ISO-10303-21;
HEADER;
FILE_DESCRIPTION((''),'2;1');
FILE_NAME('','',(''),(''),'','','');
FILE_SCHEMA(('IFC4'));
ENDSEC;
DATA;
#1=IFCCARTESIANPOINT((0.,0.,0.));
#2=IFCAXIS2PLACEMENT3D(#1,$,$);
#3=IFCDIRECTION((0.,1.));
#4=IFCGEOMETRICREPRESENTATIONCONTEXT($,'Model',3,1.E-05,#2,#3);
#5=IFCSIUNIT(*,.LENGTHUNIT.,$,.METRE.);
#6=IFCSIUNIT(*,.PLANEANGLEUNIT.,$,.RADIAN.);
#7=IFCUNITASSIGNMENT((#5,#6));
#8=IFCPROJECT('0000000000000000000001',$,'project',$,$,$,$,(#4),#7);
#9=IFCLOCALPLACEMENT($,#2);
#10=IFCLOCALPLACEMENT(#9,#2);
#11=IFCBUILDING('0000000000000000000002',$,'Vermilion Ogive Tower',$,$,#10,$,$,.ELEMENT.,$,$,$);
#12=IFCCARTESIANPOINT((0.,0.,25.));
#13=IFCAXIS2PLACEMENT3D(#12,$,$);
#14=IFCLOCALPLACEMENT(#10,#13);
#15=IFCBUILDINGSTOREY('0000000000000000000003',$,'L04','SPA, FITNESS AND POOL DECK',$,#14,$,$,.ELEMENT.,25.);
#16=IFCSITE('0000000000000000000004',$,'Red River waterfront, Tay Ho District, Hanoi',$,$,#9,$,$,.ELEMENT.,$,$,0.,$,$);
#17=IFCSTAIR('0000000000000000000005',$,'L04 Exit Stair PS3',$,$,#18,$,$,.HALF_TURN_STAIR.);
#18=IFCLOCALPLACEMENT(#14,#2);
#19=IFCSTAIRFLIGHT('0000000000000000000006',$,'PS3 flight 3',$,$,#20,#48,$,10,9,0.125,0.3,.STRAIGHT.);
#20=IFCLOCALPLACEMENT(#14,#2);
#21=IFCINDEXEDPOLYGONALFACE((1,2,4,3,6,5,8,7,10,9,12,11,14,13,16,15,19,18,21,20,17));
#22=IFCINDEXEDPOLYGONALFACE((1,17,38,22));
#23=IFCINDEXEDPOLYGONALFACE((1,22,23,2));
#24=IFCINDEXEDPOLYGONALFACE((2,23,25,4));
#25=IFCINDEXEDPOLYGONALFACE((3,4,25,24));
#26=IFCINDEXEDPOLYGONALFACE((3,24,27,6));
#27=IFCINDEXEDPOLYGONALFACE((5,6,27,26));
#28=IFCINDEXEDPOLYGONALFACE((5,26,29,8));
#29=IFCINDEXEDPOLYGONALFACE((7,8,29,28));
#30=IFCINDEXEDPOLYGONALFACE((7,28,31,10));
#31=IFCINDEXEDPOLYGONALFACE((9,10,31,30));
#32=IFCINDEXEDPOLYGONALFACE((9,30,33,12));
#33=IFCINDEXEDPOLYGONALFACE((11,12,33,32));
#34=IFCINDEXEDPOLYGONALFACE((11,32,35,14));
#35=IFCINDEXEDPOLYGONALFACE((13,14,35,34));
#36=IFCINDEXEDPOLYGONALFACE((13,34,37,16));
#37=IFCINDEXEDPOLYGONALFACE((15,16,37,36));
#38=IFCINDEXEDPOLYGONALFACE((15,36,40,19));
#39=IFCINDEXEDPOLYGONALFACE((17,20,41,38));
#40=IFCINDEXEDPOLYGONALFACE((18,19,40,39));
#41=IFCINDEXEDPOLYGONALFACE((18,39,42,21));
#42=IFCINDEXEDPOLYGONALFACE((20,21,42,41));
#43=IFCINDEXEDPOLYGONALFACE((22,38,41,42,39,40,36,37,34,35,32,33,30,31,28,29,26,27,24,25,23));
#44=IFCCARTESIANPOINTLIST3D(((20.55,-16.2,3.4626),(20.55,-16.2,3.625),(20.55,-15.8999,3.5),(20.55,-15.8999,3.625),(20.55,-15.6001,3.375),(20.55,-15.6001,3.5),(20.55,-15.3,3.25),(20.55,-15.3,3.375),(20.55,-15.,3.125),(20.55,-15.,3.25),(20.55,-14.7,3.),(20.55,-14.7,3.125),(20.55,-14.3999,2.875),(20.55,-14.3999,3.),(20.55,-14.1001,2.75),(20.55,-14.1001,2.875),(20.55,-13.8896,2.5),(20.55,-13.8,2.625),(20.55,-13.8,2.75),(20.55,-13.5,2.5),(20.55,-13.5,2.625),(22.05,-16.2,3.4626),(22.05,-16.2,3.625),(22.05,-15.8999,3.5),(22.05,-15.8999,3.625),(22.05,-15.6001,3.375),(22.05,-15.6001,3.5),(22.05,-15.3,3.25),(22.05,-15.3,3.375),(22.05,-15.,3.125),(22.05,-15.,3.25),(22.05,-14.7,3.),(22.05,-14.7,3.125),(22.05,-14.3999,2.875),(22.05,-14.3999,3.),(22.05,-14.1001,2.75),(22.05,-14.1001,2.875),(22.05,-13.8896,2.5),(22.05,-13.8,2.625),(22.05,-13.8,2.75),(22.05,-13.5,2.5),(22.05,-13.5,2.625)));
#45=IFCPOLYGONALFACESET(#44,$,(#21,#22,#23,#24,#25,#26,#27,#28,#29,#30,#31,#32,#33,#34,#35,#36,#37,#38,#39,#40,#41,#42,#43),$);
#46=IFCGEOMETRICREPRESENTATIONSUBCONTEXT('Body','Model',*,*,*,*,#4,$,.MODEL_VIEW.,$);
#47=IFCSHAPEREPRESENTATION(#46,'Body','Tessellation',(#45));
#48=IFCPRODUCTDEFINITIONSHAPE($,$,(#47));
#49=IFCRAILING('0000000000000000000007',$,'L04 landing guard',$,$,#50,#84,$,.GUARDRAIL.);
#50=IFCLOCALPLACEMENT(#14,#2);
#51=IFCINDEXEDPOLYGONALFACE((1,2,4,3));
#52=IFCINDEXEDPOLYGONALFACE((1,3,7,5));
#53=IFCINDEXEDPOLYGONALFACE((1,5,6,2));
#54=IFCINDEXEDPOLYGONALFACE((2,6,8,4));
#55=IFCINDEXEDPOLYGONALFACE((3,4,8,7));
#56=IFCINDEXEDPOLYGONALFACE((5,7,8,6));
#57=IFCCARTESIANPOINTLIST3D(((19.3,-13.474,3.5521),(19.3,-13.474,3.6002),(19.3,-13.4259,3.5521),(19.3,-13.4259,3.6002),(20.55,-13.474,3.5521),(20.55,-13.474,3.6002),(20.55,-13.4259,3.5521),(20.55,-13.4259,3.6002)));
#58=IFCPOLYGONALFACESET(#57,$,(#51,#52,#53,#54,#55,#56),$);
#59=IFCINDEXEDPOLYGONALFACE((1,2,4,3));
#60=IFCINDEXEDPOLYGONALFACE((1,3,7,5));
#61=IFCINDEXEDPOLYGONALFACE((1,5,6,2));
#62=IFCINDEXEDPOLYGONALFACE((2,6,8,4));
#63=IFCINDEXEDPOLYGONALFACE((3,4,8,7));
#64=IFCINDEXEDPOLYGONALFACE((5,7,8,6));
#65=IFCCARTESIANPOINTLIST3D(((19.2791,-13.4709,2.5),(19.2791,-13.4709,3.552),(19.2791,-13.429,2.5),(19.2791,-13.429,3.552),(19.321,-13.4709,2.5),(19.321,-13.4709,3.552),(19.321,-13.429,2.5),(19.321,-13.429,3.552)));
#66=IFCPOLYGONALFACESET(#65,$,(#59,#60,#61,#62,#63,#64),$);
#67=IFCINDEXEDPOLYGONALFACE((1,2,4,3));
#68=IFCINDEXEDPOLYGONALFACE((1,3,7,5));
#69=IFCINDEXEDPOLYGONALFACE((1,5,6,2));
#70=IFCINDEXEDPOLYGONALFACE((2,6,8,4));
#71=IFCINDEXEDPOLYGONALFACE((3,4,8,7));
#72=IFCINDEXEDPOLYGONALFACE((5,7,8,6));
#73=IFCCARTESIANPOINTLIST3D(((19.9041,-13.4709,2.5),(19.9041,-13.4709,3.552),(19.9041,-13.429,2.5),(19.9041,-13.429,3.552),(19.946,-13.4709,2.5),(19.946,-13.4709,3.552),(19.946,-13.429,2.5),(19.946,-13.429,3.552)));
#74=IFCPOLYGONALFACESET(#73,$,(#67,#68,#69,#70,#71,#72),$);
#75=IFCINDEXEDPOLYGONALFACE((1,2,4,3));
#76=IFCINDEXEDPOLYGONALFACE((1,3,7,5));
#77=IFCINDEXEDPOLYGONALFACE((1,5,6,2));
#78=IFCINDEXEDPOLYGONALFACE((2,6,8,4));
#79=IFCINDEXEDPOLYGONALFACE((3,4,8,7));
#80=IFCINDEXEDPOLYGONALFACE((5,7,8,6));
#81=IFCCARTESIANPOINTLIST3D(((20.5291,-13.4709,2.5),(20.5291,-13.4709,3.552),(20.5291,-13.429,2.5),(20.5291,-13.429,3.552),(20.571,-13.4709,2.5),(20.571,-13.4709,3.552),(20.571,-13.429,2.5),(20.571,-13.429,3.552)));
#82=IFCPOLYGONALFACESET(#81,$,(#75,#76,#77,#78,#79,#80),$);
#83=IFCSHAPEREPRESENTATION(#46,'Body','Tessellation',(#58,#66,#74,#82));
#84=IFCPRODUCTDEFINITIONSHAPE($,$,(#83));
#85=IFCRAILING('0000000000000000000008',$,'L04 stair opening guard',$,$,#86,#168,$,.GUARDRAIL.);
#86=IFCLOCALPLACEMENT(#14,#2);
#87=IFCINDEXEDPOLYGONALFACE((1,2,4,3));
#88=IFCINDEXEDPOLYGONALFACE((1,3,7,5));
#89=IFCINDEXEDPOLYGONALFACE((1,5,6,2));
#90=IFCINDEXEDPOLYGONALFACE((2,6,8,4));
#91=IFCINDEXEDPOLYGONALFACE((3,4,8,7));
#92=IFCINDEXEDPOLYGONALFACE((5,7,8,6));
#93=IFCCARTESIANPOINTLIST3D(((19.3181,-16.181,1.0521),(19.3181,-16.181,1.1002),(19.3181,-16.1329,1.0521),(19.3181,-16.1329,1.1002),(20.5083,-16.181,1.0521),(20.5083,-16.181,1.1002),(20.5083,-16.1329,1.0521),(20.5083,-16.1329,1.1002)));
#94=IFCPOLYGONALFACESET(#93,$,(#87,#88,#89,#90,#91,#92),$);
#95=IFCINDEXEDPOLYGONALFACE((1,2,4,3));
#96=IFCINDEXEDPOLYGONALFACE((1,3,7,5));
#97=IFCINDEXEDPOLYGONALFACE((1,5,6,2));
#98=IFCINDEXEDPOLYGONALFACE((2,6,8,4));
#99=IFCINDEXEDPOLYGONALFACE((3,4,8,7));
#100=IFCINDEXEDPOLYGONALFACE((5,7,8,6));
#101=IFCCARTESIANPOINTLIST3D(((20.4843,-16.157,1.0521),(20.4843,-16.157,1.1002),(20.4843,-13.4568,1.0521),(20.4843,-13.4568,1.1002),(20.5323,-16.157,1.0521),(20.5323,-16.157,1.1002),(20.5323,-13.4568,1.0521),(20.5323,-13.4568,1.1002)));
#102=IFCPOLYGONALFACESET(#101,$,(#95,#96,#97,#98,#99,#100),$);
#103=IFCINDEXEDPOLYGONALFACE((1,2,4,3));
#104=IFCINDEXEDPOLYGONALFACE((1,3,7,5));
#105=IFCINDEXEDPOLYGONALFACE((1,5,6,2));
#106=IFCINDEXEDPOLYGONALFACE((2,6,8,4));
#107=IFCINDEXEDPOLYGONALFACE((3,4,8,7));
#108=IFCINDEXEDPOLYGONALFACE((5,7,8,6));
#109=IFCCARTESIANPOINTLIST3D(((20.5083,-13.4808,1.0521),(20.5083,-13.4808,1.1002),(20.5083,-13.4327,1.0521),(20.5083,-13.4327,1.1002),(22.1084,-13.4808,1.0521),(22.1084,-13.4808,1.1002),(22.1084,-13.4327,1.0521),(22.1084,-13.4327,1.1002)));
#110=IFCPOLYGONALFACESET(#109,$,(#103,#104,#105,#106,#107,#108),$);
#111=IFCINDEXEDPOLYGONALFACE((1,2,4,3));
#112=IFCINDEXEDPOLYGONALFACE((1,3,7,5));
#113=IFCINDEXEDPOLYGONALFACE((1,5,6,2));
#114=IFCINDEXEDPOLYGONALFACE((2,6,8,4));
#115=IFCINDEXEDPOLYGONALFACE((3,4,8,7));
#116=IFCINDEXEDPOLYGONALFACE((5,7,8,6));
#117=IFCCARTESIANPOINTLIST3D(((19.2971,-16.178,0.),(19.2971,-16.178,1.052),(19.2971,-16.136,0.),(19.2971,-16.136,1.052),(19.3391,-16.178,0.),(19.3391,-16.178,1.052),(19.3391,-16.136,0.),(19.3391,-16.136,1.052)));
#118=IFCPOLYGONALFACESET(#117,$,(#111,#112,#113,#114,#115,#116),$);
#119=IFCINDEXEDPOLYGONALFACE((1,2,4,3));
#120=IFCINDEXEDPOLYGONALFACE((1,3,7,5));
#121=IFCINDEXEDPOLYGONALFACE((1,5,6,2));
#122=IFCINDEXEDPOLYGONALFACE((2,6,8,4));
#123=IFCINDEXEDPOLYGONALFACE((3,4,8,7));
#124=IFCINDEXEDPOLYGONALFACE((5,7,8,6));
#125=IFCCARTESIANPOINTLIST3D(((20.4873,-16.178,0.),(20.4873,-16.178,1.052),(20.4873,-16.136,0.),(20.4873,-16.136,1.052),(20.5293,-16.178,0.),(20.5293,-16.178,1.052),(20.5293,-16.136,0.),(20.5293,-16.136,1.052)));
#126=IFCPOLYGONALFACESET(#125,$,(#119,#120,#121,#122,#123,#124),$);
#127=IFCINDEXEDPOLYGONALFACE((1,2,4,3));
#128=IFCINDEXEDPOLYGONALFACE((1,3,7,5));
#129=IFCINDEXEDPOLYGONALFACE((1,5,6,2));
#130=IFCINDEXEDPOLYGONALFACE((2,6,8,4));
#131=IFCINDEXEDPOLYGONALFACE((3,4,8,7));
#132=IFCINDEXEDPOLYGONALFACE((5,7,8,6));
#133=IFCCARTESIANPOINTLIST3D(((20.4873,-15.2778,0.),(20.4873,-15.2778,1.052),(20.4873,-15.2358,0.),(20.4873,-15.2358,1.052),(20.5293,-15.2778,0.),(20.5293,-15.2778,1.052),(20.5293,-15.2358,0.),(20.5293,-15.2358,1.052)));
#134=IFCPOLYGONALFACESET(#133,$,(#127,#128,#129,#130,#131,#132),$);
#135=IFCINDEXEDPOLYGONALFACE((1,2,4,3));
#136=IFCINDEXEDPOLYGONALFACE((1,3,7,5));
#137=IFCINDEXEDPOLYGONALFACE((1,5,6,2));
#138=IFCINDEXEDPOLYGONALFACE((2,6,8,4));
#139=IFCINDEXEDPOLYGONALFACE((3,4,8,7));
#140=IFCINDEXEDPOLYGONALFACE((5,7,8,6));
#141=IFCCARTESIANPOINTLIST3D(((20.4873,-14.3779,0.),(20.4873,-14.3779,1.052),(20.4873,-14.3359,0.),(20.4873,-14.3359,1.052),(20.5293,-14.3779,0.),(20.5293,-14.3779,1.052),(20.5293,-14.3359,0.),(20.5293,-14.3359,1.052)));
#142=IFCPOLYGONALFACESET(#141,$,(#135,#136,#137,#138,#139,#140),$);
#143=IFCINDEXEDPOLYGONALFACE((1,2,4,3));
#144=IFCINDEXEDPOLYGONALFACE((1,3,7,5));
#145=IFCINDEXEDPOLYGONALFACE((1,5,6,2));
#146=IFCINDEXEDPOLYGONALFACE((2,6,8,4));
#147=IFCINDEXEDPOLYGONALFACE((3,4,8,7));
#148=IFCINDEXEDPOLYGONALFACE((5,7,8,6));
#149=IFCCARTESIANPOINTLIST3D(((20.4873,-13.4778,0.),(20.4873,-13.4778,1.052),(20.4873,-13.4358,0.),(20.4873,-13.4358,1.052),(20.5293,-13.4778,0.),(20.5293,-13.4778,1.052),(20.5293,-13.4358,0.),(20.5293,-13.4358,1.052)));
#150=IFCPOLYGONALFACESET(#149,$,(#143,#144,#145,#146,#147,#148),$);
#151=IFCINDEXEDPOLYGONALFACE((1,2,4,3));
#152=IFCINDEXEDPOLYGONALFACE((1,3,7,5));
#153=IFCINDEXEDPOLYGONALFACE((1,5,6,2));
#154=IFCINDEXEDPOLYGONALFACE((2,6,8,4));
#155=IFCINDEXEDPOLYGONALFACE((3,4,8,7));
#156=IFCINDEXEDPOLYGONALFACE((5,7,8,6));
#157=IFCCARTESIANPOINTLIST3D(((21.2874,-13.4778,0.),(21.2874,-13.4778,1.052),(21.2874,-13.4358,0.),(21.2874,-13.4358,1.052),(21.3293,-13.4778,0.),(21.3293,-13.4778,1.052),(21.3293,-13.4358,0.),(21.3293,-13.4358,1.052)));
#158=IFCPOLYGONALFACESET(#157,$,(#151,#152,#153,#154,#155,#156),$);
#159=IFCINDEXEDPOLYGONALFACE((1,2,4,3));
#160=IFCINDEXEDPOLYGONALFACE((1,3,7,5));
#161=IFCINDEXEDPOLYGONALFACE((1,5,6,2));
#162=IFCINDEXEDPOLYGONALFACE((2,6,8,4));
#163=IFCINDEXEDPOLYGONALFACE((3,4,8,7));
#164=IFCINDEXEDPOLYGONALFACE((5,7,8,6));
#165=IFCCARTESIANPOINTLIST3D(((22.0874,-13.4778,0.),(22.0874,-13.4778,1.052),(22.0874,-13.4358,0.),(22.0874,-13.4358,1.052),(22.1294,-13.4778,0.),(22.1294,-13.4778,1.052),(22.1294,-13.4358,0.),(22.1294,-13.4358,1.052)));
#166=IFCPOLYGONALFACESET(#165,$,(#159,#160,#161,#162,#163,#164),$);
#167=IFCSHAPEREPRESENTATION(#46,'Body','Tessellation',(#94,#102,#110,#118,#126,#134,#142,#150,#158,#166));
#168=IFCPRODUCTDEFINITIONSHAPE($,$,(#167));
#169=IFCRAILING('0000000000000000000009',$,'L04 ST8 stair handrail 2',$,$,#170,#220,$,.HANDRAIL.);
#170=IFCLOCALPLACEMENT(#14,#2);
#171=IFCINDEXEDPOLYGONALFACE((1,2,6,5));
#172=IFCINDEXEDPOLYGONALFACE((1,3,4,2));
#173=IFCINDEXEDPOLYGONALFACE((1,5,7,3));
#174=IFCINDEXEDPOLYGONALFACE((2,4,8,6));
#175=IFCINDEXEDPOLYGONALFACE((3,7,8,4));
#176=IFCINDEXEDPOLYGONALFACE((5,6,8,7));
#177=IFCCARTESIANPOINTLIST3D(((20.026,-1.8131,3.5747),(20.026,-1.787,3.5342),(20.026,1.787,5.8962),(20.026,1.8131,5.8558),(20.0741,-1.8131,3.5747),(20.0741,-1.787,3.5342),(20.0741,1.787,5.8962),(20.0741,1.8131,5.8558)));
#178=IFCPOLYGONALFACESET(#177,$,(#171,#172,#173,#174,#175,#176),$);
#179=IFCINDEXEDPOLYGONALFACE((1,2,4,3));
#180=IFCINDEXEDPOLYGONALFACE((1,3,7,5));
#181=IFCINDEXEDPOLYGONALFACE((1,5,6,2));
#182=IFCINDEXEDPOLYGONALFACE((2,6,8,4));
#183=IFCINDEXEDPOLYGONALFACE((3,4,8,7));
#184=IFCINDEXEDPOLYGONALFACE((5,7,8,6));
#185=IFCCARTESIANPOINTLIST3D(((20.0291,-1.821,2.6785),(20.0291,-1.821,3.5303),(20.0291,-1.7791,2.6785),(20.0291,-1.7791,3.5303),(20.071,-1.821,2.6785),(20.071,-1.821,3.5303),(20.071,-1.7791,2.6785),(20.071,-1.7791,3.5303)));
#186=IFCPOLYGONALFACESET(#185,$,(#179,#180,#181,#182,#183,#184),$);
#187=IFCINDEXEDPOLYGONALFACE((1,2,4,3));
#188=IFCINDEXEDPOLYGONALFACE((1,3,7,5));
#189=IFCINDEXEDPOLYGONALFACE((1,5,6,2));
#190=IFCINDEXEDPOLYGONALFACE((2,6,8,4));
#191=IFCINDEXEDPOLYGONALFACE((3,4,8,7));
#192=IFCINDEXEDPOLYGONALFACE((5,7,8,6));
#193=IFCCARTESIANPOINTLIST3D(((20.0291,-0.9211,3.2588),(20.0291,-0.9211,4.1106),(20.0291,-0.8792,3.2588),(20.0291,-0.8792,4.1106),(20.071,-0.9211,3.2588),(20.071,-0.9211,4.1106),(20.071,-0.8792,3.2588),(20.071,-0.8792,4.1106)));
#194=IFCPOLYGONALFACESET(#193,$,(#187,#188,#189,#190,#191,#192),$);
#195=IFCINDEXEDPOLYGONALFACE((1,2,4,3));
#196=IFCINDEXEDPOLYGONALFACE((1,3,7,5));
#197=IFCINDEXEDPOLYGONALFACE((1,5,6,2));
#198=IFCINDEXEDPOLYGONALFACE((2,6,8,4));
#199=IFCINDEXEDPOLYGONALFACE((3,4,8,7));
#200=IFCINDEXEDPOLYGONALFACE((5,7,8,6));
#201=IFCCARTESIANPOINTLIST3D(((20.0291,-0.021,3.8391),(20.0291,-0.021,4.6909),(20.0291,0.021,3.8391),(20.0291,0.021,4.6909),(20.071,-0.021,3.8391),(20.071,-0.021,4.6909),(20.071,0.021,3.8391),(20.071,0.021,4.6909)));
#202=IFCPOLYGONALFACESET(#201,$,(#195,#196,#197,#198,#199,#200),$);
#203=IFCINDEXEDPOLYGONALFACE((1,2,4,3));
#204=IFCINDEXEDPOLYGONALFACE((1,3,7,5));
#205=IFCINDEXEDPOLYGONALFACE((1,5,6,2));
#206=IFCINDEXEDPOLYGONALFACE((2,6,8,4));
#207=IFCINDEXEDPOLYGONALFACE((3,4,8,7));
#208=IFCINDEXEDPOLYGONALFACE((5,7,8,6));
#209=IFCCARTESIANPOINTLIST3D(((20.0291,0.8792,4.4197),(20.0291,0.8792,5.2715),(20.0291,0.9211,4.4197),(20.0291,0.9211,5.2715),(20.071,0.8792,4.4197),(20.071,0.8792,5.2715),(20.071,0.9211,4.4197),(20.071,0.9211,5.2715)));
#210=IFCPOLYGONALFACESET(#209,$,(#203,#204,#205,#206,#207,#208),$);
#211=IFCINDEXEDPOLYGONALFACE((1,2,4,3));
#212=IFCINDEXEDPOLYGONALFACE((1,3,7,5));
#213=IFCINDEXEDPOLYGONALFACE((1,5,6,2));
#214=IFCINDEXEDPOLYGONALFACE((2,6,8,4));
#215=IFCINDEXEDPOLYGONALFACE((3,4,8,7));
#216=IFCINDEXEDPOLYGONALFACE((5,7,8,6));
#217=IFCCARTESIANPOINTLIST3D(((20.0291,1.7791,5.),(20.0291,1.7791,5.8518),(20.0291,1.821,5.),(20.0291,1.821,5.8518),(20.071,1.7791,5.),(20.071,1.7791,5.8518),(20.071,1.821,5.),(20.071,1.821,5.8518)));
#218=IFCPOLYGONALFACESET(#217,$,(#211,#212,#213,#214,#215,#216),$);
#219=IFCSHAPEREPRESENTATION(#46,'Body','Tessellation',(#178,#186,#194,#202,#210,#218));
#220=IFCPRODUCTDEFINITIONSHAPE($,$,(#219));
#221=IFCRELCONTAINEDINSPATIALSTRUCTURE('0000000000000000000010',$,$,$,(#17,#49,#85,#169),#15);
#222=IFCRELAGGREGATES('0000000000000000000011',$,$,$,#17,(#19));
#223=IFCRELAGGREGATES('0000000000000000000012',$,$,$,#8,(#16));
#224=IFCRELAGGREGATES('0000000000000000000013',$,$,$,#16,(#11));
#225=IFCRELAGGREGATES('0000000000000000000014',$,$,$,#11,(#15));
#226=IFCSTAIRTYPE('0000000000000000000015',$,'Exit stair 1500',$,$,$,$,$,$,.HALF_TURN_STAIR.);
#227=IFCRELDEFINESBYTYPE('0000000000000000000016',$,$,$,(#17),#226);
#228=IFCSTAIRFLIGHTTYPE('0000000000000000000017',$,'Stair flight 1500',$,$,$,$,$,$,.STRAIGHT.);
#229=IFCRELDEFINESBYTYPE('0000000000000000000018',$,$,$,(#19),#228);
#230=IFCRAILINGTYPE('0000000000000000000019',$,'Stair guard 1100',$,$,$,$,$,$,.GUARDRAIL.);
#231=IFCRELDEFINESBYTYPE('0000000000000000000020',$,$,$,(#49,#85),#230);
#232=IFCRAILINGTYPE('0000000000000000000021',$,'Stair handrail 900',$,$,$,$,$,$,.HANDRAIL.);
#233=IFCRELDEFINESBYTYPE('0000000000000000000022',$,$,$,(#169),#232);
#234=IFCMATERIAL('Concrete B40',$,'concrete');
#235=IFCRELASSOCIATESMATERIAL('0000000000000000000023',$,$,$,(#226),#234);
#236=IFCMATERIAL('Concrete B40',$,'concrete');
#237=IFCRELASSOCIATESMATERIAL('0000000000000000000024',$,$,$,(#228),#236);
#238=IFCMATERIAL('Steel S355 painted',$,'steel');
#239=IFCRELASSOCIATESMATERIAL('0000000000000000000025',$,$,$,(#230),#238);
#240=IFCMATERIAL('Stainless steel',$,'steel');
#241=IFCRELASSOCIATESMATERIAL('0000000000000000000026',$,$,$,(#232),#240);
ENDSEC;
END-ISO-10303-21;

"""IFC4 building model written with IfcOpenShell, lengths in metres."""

from ifc_helpers import new_model, si_unit, direction, frame, origin, origin_2d, place, context, subcontext, project, spatial, polyline, rectangle, outline, extrude, material, type_object, element, aggregate, save


model = new_model("IFC4")

# Units and contexts
model_context = context("Model", 3, precision=1e-05, world=origin(), true_north=direction((0.0, 1.0)))
body_context = subcontext(model_context, "Body", "Model", "MODEL_VIEW")
ifc_project = project(units=[si_unit("LENGTHUNIT", "METRE"), si_unit("PLANEANGLEUNIT", "RADIAN")], contexts=[model_context])

# Site, building, storey
site_placement = place(None, origin())
site = spatial("IfcSite", under=ifc_project, at=site_placement, Name="Red River waterfront, Tay Ho District, Hanoi", CompositionType="ELEMENT", RefElevation=0.0)
building_placement = place(site_placement, origin())
building = spatial("IfcBuilding", under=site, at=building_placement, Name="Vermilion Ogive Tower", CompositionType="ELEMENT")
storey_placement = place(building_placement, frame((0.0, 0.0, 25.0)))
storey = spatial("IfcBuildingStorey", under=building, at=storey_placement, Name="L04", Description="SPA, FITNESS AND POOL DECK", CompositionType="ELEMENT", Elevation=25.0)

# Shared definitions
ifc_material_1 = material(Name="Concrete B40", Category="concrete")
stair_type = type_object("IfcStairType", Name="Exit stair 1500", PredefinedType="HALF_TURN_STAIR", material=ifc_material_1)
ifc_material_2 = material(Name="Concrete B40", Category="concrete")
stair_flight_type = type_object("IfcStairFlightType", Name="Stair flight 1500", PredefinedType="STRAIGHT", material=ifc_material_2)

# Stair, stair flight
stair_1_placement = place(storey_placement, origin())
stair_1 = element("IfcStair", 1, at=stair_1_placement, inside=storey, type_object=stair_type, Name="L04 Exit Stair PS3", PredefinedType="HALF_TURN_STAIR")
stair_flight_1_placement = place(storey_placement, frame((21.3, -13.5, 2.5), z_axis=(0.0, 0.0, 1.0), x_axis=(0.0, -1.0, 0.0)))
stair_flight_1 = element("IfcStairFlight", 2, at=stair_flight_1_placement, type_object=stair_flight_type, Name="PS3 flight 3", NumberOfRisers=10, NumberOfTreads=9, PredefinedType="STRAIGHT", RiserHeight=0.125, TreadLength=0.3, context=body_context, shape_type="SweptSolid", body=[
    extrude(outline(polyline([(0.0, 0.0), (0.0, 0.125), (0.3, 0.125), (0.3, 0.25), (0.6001, 0.25), (0.6001, 0.375), (0.8999, 0.375), (0.8999, 0.5), (1.2, 0.5), (1.2, 0.625), (1.5, 0.625), (1.5, 0.75), (1.8, 0.75), (1.8, 0.875), (2.1001, 0.875), (2.1001, 1.0), (2.3999, 1.0), (2.3999, 1.125), (2.7, 1.125), (2.7, 1.25), (2.7, 0.9626), (0.3896, 0.0), (0.0, 0.0)])), frame((0.0, 0.75, 0.0), z_axis=(0.0, -1.0, 0.0), x_axis=(1.0, 0.0, 0.0)), (0.0, 0.0, 1.0), 1.5),
])
aggregate(stair_1, [stair_flight_1])

# Railings
ifc_material_3 = material(Name="Steel S355 painted", Category="steel")
railing_type_1 = type_object("IfcRailingType", Name="Stair guard 1100", PredefinedType="GUARDRAIL", material=ifc_material_3)
railing_1_placement = place(storey_placement, frame((19.3, -13.45, 2.5)))
element("IfcRailing", 3, at=railing_1_placement, inside=storey, type_object=railing_type_1, Name="L04 landing guard", PredefinedType="GUARDRAIL", context=body_context, shape_type="SweptSolid", body=[
    extrude(rectangle(XDim=0.0481, YDim=0.0481, at=origin_2d()), frame((0.0, 0.0, 1.0762), z_axis=(1.0, 0.0, 0.0), x_axis=(0.0, 1.0, 0.0)), (0.0, 0.0, 1.0), 1.25),
    extrude(rectangle(XDim=0.042, YDim=0.042, at=origin_2d()), origin(), (0.0, 0.0, 1.0), 1.052),
    extrude(rectangle(XDim=0.042, YDim=0.042, at=origin_2d()), frame((0.625, 0.0, 0.0)), (0.0, 0.0, 1.0), 1.052),
    extrude(rectangle(XDim=0.042, YDim=0.042, at=origin_2d()), frame((1.25, 0.0, 0.0)), (0.0, 0.0, 1.0), 1.052),
])
railing_2_placement = place(storey_placement, frame((19.3181, -16.157, 0.0)))
element("IfcRailing", 4, at=railing_2_placement, inside=storey, type_object=railing_type_1, Name="L04 stair opening guard", PredefinedType="GUARDRAIL", context=body_context, shape_type="SweptSolid", body=[
    extrude(rectangle(XDim=0.0481, YDim=0.0481, at=origin_2d()), frame((0.0, 0.0, 1.0762), z_axis=(1.0, 0.0, 0.0), x_axis=(0.0, 1.0, 0.0)), (0.0, 0.0, 1.0), 1.1902),
    extrude(rectangle(XDim=0.0481, YDim=0.0481, at=origin_2d()), frame((1.1902, 0.0, 1.0762), z_axis=(0.0, 1.0, 0.0), x_axis=(-1.0, 0.0, 0.0)), (0.0, 0.0, 1.0), 2.7002),
    extrude(rectangle(XDim=0.0481, YDim=0.0481, at=origin_2d()), frame((1.1902, 2.7002, 1.0762), z_axis=(1.0, 0.0, 0.0), x_axis=(0.0, 1.0, 0.0)), (0.0, 0.0, 1.0), 1.6001),
    extrude(rectangle(XDim=0.042, YDim=0.042, at=origin_2d()), origin(), (0.0, 0.0, 1.0), 1.052),
    extrude(rectangle(XDim=0.042, YDim=0.042, at=origin_2d()), frame((1.1902, 0.0, 0.0)), (0.0, 0.0, 1.0), 1.052),
    extrude(rectangle(XDim=0.042, YDim=0.042, at=origin_2d()), frame((1.1902, 0.9001, 0.0)), (0.0, 0.0, 1.0), 1.052),
    extrude(rectangle(XDim=0.042, YDim=0.042, at=origin_2d()), frame((1.1902, 1.8, 0.0)), (0.0, 0.0, 1.0), 1.052),
    extrude(rectangle(XDim=0.042, YDim=0.042, at=origin_2d()), frame((1.1902, 2.7002, 0.0)), (0.0, 0.0, 1.0), 1.052),
    extrude(rectangle(XDim=0.042, YDim=0.042, at=origin_2d()), frame((1.9902, 2.7002, 0.0)), (0.0, 0.0, 1.0), 1.052),
    extrude(rectangle(XDim=0.042, YDim=0.042, at=origin_2d()), frame((2.7903, 2.7002, 0.0)), (0.0, 0.0, 1.0), 1.052),
])
ifc_material_4 = material(Name="Stainless steel", Category="steel")
railing_type_2 = type_object("IfcRailingType", Name="Stair handrail 900", PredefinedType="HANDRAIL", material=ifc_material_4)
railing_3_placement = place(storey_placement, frame((20.05, -1.8, 2.6785)))
element("IfcRailing", 5, at=railing_3_placement, inside=storey, type_object=railing_type_2, Name="L04 ST8 stair handrail 2", PredefinedType="HANDRAIL", context=body_context, shape_type="SweptSolid", body=[
    extrude(rectangle(XDim=0.0481, YDim=0.0481, at=origin_2d()), frame((0.0, 0.0, 0.876), z_axis=(0.0, 0.840415, 0.541944), x_axis=(-1.0, 0.0, 0.0)), (0.0, 0.0, 1.0), 4.2837),
    extrude(rectangle(XDim=0.042, YDim=0.042, at=origin_2d()), origin(), (0.0, 0.0, 1.0), 0.8518),
    extrude(rectangle(XDim=0.042, YDim=0.042, at=origin_2d()), frame((0.0, 0.8999, 0.5803)), (0.0, 0.0, 1.0), 0.8518),
    extrude(rectangle(XDim=0.042, YDim=0.042, at=origin_2d()), frame((0.0, 1.8, 1.1606)), (0.0, 0.0, 1.0), 0.8518),
    extrude(rectangle(XDim=0.042, YDim=0.042, at=origin_2d()), frame((0.0, 2.7002, 1.7412)), (0.0, 0.0, 1.0), 0.8518),
    extrude(rectangle(XDim=0.042, YDim=0.042, at=origin_2d()), frame((0.0, 3.6001, 2.3215)), (0.0, 0.0, 1.0), 0.8518),
])

save(model, "model.ifc")
